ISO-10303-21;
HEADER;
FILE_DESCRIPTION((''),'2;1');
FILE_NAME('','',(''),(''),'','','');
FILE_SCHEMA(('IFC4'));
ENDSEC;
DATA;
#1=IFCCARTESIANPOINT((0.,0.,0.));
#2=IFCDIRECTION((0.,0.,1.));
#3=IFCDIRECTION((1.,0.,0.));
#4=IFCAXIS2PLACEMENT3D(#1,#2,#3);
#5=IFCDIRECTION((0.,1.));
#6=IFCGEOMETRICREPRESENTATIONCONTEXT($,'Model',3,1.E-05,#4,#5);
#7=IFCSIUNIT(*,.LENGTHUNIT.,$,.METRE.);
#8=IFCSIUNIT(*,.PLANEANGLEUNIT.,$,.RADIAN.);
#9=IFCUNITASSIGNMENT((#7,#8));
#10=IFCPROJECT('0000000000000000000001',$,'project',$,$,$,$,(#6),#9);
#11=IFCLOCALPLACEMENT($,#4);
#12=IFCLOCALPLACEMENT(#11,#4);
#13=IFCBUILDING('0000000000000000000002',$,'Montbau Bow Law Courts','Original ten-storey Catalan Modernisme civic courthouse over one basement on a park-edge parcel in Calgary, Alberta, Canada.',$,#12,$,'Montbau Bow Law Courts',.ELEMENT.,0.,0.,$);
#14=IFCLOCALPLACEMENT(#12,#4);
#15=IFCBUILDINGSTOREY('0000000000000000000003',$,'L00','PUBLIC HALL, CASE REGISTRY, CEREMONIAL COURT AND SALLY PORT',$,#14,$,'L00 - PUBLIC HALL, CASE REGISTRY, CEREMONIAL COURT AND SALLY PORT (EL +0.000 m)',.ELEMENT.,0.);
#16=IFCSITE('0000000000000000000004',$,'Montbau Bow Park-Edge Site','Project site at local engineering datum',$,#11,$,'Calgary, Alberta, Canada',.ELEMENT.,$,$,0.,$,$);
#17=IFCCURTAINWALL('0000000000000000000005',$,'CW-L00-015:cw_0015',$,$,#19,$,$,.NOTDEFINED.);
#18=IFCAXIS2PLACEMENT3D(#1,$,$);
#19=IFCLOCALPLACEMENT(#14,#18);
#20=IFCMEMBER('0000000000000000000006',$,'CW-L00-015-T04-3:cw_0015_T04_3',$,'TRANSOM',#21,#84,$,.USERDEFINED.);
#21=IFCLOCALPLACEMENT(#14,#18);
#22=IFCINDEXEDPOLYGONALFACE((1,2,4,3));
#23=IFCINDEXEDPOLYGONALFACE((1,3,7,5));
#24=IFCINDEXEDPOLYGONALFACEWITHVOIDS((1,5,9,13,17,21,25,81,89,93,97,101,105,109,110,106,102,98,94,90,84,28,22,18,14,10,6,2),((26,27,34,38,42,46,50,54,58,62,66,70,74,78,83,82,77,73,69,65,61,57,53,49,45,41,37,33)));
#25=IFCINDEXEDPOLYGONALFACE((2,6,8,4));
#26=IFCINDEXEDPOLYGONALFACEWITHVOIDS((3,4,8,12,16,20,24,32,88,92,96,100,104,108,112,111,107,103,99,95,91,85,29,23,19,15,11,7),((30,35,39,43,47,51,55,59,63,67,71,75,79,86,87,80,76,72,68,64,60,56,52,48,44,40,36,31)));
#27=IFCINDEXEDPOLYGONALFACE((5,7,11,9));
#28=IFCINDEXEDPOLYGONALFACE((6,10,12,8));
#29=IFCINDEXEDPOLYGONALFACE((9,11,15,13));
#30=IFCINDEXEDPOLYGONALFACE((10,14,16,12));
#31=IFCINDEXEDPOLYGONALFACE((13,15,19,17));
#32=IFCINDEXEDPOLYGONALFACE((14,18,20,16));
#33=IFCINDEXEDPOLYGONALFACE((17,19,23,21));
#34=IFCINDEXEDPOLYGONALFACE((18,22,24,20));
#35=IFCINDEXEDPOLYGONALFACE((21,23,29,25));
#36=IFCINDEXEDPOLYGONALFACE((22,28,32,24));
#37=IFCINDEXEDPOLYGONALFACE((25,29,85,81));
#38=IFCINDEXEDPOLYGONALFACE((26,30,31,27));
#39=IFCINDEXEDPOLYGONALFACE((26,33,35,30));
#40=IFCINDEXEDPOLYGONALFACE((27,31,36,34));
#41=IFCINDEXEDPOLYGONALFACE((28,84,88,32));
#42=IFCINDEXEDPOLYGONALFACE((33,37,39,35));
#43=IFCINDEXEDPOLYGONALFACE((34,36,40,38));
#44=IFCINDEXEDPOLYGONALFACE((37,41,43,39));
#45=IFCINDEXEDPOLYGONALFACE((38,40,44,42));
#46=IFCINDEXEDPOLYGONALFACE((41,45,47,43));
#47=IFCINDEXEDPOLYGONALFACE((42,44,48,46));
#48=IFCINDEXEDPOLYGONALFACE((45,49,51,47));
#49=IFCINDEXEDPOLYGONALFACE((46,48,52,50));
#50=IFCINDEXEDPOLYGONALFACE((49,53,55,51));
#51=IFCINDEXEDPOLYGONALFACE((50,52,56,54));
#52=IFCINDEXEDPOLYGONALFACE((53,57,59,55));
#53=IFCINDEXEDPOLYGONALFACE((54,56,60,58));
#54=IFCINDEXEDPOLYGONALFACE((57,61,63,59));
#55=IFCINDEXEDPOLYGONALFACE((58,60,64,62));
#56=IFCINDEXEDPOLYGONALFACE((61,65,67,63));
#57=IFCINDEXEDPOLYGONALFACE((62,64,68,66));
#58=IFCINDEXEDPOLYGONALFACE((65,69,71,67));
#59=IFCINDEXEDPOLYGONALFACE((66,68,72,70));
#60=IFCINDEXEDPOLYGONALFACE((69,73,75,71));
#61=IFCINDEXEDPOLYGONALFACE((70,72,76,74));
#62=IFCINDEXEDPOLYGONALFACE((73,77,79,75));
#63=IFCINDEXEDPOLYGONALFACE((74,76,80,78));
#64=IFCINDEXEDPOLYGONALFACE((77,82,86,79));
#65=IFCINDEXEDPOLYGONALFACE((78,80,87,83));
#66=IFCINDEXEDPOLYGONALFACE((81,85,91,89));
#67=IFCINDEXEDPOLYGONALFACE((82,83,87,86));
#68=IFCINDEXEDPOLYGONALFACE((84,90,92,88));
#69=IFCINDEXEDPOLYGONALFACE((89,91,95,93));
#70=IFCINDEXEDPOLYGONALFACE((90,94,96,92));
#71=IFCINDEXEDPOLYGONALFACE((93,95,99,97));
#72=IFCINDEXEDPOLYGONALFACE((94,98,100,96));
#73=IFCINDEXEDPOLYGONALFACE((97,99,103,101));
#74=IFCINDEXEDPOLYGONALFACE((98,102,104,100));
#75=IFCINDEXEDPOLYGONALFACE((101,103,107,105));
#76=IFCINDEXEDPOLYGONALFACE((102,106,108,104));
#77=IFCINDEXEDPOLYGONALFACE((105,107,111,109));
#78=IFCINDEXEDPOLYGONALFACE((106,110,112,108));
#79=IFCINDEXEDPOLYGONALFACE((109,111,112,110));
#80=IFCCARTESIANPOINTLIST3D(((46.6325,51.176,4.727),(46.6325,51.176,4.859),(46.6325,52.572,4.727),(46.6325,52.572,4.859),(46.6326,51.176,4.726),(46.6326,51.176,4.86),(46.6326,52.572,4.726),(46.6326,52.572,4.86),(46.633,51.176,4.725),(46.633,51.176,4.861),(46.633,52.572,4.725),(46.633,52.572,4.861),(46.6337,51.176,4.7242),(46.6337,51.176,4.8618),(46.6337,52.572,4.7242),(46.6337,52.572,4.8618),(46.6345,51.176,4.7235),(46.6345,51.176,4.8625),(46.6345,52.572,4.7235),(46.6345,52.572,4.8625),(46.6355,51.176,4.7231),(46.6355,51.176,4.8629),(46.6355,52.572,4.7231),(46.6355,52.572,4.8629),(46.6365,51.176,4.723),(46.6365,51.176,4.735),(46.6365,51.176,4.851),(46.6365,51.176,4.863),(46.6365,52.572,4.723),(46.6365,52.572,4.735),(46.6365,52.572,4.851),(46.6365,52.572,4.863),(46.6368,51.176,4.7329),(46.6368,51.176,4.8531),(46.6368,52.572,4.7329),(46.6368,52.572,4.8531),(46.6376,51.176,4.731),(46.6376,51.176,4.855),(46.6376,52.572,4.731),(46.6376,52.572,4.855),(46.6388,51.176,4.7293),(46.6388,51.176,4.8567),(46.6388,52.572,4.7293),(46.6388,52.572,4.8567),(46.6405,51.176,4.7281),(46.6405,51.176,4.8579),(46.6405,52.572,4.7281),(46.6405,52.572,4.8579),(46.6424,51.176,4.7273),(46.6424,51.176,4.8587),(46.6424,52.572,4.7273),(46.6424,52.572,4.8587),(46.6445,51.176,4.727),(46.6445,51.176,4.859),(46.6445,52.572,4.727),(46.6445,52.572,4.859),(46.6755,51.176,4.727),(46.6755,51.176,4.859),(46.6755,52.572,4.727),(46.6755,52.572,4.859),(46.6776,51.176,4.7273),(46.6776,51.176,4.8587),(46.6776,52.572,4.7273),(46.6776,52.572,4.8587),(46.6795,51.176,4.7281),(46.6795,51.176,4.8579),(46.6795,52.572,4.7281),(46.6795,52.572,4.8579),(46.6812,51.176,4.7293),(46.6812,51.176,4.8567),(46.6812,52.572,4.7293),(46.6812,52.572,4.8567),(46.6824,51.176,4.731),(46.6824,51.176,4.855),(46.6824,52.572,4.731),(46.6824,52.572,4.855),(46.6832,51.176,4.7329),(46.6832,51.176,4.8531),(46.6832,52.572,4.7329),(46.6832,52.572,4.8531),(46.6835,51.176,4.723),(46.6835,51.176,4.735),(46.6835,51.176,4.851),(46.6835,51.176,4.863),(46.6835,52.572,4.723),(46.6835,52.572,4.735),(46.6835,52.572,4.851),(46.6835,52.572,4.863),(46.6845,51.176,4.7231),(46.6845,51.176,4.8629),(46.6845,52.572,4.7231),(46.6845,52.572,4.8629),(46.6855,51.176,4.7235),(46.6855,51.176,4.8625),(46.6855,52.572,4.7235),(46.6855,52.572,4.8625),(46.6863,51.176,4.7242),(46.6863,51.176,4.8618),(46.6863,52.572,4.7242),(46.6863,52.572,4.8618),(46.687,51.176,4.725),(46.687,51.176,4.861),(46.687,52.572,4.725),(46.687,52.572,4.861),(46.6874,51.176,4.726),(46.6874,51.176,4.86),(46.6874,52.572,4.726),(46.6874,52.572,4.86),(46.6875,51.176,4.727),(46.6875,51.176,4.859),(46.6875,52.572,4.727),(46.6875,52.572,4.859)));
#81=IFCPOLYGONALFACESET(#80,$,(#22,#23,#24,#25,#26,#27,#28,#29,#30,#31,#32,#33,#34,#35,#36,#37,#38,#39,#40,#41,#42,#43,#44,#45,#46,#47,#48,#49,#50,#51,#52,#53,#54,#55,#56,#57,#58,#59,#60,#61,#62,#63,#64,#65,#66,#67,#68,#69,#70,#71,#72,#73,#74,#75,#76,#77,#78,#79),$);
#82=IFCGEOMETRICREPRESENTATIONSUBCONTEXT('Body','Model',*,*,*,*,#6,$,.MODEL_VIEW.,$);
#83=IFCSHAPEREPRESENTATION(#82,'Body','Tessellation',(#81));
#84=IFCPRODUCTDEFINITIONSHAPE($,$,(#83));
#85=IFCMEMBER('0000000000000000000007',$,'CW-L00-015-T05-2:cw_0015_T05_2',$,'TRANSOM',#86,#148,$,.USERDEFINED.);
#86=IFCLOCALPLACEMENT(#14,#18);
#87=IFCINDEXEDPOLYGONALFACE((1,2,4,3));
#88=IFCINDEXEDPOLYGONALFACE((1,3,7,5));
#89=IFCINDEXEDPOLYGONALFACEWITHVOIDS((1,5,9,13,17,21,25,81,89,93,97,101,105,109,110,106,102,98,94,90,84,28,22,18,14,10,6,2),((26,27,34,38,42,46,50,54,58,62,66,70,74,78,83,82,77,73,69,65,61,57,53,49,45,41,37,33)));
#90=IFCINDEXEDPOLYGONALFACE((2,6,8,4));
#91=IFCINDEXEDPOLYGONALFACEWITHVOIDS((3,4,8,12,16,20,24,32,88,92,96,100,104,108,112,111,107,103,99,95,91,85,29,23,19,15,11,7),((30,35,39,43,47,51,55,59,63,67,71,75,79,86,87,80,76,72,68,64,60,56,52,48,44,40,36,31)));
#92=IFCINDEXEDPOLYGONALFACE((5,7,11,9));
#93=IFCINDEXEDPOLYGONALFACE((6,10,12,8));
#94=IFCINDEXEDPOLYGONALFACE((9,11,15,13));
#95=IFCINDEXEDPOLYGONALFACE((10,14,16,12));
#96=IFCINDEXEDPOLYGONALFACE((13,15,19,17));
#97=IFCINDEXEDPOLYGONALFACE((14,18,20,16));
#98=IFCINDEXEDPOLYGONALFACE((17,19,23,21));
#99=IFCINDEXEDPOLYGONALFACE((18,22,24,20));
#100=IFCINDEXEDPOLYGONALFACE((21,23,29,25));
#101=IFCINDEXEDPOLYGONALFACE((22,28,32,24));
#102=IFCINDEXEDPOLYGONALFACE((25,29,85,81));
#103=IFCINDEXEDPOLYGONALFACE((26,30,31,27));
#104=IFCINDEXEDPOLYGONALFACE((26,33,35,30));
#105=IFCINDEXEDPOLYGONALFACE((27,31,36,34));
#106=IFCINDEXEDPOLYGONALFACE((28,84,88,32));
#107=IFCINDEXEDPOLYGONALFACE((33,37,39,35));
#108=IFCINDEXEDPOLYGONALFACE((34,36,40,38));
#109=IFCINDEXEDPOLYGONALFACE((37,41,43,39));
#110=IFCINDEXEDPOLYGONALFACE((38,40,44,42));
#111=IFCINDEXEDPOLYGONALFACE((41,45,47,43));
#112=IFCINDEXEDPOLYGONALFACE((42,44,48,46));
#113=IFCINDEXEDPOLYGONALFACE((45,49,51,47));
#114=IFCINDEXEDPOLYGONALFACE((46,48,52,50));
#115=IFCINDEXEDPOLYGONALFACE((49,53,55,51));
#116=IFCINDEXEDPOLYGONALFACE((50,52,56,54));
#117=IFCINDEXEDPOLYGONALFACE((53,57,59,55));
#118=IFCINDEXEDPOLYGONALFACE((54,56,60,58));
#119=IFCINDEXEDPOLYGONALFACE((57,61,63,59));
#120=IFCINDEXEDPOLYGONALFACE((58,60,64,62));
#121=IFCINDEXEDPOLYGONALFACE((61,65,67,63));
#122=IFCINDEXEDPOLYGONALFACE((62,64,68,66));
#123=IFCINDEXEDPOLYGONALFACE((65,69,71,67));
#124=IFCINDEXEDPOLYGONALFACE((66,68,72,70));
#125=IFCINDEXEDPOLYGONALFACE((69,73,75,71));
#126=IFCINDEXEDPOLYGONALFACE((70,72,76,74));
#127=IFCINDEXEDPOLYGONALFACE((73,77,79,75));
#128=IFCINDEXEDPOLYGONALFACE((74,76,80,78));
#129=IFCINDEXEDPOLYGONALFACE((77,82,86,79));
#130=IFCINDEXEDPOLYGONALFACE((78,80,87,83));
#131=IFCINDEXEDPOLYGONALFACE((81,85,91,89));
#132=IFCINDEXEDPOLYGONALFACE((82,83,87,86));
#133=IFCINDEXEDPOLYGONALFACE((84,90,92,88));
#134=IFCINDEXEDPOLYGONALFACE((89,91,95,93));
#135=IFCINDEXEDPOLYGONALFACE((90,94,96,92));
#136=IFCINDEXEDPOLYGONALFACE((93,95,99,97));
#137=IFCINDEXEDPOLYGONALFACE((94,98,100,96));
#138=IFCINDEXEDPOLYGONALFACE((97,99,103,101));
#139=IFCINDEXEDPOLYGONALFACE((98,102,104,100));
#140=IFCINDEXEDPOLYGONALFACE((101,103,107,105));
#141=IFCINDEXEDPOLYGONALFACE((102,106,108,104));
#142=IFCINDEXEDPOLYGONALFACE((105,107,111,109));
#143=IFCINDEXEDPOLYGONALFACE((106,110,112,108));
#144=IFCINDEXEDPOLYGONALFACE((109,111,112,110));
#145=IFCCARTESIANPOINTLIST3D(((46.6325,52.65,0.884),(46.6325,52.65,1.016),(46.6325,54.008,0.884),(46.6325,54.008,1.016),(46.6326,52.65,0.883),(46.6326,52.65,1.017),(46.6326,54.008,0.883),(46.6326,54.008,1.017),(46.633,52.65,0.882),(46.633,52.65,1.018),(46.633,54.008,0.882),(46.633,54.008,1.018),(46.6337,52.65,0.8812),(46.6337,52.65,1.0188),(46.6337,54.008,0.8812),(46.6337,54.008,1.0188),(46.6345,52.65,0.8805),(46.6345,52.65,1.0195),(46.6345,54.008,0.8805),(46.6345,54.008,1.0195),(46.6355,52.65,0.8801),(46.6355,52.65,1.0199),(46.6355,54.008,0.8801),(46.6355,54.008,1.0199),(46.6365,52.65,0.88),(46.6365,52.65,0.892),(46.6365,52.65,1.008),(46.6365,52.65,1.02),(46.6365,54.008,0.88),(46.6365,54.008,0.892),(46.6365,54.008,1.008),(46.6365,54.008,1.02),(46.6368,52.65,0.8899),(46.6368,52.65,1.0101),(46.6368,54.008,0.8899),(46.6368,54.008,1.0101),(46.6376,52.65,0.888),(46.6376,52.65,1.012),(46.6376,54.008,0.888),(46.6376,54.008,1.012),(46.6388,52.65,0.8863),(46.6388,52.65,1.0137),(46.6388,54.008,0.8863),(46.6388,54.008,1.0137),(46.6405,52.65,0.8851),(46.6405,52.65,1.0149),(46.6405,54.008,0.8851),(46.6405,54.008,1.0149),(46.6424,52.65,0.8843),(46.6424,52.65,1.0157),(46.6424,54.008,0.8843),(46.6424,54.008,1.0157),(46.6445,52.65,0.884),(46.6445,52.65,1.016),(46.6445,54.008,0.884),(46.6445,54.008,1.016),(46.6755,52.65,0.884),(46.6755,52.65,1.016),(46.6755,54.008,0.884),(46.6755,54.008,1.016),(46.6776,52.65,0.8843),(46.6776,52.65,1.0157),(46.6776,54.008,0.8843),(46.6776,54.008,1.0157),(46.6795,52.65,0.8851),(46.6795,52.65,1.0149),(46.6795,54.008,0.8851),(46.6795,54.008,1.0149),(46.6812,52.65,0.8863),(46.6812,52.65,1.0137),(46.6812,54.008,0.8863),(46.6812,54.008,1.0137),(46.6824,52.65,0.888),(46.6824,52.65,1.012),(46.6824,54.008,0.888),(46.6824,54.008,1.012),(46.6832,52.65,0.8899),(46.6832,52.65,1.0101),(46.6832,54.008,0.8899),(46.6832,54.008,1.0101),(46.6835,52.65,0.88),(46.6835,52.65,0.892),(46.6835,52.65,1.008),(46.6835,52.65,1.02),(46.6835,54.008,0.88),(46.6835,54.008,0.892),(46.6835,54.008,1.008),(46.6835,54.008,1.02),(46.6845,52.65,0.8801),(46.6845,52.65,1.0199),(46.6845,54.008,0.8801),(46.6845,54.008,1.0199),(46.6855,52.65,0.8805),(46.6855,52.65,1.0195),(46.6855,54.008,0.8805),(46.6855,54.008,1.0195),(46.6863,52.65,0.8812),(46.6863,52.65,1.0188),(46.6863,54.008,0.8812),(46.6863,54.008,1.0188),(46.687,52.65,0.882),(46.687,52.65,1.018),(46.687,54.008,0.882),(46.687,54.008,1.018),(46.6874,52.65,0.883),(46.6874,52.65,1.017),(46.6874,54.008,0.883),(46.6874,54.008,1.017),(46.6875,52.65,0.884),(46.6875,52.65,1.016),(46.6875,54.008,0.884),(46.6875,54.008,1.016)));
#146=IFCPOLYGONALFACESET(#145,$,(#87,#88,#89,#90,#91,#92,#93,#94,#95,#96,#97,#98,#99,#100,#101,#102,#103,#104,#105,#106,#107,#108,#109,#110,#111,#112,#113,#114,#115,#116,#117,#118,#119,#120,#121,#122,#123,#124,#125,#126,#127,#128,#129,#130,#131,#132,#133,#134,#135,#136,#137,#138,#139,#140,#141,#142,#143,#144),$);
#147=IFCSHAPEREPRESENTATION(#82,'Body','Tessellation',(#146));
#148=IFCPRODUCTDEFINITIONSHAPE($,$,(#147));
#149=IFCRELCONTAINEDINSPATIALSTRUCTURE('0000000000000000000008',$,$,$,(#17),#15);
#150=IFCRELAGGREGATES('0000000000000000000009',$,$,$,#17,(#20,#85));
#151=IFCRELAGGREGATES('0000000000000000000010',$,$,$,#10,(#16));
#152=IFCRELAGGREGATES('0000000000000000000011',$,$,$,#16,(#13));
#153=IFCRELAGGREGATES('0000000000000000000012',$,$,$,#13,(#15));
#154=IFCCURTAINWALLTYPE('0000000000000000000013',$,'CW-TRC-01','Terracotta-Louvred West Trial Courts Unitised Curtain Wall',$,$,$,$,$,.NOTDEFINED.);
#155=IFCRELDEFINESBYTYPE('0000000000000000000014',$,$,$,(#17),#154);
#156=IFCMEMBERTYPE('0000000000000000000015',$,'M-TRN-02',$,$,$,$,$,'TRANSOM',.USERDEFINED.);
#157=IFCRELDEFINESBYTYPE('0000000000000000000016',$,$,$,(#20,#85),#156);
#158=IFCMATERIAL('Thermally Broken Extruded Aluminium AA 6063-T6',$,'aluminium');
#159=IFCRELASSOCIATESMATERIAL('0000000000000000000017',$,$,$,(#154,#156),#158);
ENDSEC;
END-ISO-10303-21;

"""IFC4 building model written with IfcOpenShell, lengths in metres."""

from ifc_helpers import new_model, si_unit, direction, frame, origin_with_axes, origin_2d_with_axis, place, context, subcontext, project, spatial, hollow_rectangle, extrude, material, material_profile, profile_set, type_object, element, aggregate, save


model = new_model("IFC4")

# Units and contexts
model_context = context("Model", 3, precision=1e-05, world=origin_with_axes(), true_north=direction((0.0, 1.0)))
body_context = subcontext(model_context, "Body", "Model", "MODEL_VIEW")
ifc_project = project(units=[si_unit("LENGTHUNIT", "METRE"), si_unit("PLANEANGLEUNIT", "RADIAN")], contexts=[model_context])

# Site, building, storey
site_placement = place(None, origin_with_axes())
site = spatial("IfcSite", under=ifc_project, at=site_placement, Name="Montbau Bow Park-Edge Site", Description="Project site at local engineering datum", LongName="Calgary, Alberta, Canada", CompositionType="ELEMENT", RefElevation=0.0)
building_placement = place(site_placement, origin_with_axes())
building = spatial("IfcBuilding", under=site, at=building_placement, Name="Montbau Bow Law Courts", Description="Original ten-storey Catalan Modernisme civic courthouse over one basement on a park-edge parcel in Calgary, Alberta, Canada.", LongName="Montbau Bow Law Courts", CompositionType="ELEMENT", ElevationOfRefHeight=0.0, ElevationOfTerrain=0.0)
storey_placement = place(building_placement, origin_with_axes())
storey = spatial("IfcBuildingStorey", under=building, at=storey_placement, Name="L00", Description="PUBLIC HALL, CASE REGISTRY, CEREMONIAL COURT AND SALLY PORT", LongName="L00 - PUBLIC HALL, CASE REGISTRY, CEREMONIAL COURT AND SALLY PORT (EL +0.000 m)", CompositionType="ELEMENT", Elevation=0.0)

# Curtain wall, members
ifc_material_1 = material(Name="Thermally Broken Extruded Aluminium AA 6063-T6", Category="aluminium")
curtain_wall_type_1 = type_object("IfcCurtainWallType", Name="CW-TRC-01", Description="Terracotta-Louvred West Trial Courts Unitised Curtain Wall", PredefinedType="NOTDEFINED", material=ifc_material_1)
curtain_wall_1_placement = place(None, frame((46.66, 46.715, 0.0), z_axis=(0.0, 0.0, 1.0), x_axis=(1.0, 0.0, 0.0)))
curtain_wall_1 = element("IfcCurtainWall", 1, at=curtain_wall_1_placement, inside=storey, type_object=curtain_wall_type_1, Name="CW-L00-015:cw_0015", PredefinedType="NOTDEFINED")
ifc_material_profile_1 = material_profile(ifc_material_1, hollow_rectangle(XDim=0.055, YDim=0.14, WallThickness=0.004, InnerFilletRadius=0.008, OuterFilletRadius=0.004, at=origin_2d_with_axis()), Name="CWT-140X55", Category="Main", Priority=0)
ifc_profile_set_1 = profile_set([ifc_material_profile_1], Name="Thermally Broken Extruded Aluminium AA 6063-T6")
member_type_1 = type_object("IfcMemberType", Name="M-TRN-02", ElementType="TRANSOM", PredefinedType="USERDEFINED", material=ifc_profile_set_1)
member_1_placement = place(None, frame((46.66, 51.176, 4.793), z_axis=(0.0, 1.0, 0.0), x_axis=(-1.0, 0.0, 0.0)))
member_1 = element("IfcMember", 2, at=member_1_placement, type_object=member_type_1, Name="CW-L00-015-T04-3:cw_0015_T04_3", ObjectType="TRANSOM", PredefinedType="USERDEFINED", context=body_context, shape_type="SweptSolid", body=[
    extrude(hollow_rectangle(XDim=0.055, YDim=0.14, WallThickness=0.004, InnerFilletRadius=0.008, OuterFilletRadius=0.004, at=origin_2d_with_axis()), origin_with_axes(), (0.0, 0.0, 1.0), 1.396),
])
member_2_placement = place(None, frame((46.66, 52.65, 0.95), z_axis=(0.0, 1.0, 0.0), x_axis=(-1.0, 0.0, 0.0)))
member_2 = element("IfcMember", 3, at=member_2_placement, type_object=member_type_1, Name="CW-L00-015-T05-2:cw_0015_T05_2", ObjectType="TRANSOM", PredefinedType="USERDEFINED", context=body_context, shape_type="SweptSolid", body=[
    extrude(hollow_rectangle(XDim=0.055, YDim=0.14, WallThickness=0.004, InnerFilletRadius=0.008, OuterFilletRadius=0.004, at=origin_2d_with_axis()), origin_with_axes(), (0.0, 0.0, 1.0), 1.358),
])

aggregate(curtain_wall_1, [member_1, member_2])

save(model, "model.ifc")
